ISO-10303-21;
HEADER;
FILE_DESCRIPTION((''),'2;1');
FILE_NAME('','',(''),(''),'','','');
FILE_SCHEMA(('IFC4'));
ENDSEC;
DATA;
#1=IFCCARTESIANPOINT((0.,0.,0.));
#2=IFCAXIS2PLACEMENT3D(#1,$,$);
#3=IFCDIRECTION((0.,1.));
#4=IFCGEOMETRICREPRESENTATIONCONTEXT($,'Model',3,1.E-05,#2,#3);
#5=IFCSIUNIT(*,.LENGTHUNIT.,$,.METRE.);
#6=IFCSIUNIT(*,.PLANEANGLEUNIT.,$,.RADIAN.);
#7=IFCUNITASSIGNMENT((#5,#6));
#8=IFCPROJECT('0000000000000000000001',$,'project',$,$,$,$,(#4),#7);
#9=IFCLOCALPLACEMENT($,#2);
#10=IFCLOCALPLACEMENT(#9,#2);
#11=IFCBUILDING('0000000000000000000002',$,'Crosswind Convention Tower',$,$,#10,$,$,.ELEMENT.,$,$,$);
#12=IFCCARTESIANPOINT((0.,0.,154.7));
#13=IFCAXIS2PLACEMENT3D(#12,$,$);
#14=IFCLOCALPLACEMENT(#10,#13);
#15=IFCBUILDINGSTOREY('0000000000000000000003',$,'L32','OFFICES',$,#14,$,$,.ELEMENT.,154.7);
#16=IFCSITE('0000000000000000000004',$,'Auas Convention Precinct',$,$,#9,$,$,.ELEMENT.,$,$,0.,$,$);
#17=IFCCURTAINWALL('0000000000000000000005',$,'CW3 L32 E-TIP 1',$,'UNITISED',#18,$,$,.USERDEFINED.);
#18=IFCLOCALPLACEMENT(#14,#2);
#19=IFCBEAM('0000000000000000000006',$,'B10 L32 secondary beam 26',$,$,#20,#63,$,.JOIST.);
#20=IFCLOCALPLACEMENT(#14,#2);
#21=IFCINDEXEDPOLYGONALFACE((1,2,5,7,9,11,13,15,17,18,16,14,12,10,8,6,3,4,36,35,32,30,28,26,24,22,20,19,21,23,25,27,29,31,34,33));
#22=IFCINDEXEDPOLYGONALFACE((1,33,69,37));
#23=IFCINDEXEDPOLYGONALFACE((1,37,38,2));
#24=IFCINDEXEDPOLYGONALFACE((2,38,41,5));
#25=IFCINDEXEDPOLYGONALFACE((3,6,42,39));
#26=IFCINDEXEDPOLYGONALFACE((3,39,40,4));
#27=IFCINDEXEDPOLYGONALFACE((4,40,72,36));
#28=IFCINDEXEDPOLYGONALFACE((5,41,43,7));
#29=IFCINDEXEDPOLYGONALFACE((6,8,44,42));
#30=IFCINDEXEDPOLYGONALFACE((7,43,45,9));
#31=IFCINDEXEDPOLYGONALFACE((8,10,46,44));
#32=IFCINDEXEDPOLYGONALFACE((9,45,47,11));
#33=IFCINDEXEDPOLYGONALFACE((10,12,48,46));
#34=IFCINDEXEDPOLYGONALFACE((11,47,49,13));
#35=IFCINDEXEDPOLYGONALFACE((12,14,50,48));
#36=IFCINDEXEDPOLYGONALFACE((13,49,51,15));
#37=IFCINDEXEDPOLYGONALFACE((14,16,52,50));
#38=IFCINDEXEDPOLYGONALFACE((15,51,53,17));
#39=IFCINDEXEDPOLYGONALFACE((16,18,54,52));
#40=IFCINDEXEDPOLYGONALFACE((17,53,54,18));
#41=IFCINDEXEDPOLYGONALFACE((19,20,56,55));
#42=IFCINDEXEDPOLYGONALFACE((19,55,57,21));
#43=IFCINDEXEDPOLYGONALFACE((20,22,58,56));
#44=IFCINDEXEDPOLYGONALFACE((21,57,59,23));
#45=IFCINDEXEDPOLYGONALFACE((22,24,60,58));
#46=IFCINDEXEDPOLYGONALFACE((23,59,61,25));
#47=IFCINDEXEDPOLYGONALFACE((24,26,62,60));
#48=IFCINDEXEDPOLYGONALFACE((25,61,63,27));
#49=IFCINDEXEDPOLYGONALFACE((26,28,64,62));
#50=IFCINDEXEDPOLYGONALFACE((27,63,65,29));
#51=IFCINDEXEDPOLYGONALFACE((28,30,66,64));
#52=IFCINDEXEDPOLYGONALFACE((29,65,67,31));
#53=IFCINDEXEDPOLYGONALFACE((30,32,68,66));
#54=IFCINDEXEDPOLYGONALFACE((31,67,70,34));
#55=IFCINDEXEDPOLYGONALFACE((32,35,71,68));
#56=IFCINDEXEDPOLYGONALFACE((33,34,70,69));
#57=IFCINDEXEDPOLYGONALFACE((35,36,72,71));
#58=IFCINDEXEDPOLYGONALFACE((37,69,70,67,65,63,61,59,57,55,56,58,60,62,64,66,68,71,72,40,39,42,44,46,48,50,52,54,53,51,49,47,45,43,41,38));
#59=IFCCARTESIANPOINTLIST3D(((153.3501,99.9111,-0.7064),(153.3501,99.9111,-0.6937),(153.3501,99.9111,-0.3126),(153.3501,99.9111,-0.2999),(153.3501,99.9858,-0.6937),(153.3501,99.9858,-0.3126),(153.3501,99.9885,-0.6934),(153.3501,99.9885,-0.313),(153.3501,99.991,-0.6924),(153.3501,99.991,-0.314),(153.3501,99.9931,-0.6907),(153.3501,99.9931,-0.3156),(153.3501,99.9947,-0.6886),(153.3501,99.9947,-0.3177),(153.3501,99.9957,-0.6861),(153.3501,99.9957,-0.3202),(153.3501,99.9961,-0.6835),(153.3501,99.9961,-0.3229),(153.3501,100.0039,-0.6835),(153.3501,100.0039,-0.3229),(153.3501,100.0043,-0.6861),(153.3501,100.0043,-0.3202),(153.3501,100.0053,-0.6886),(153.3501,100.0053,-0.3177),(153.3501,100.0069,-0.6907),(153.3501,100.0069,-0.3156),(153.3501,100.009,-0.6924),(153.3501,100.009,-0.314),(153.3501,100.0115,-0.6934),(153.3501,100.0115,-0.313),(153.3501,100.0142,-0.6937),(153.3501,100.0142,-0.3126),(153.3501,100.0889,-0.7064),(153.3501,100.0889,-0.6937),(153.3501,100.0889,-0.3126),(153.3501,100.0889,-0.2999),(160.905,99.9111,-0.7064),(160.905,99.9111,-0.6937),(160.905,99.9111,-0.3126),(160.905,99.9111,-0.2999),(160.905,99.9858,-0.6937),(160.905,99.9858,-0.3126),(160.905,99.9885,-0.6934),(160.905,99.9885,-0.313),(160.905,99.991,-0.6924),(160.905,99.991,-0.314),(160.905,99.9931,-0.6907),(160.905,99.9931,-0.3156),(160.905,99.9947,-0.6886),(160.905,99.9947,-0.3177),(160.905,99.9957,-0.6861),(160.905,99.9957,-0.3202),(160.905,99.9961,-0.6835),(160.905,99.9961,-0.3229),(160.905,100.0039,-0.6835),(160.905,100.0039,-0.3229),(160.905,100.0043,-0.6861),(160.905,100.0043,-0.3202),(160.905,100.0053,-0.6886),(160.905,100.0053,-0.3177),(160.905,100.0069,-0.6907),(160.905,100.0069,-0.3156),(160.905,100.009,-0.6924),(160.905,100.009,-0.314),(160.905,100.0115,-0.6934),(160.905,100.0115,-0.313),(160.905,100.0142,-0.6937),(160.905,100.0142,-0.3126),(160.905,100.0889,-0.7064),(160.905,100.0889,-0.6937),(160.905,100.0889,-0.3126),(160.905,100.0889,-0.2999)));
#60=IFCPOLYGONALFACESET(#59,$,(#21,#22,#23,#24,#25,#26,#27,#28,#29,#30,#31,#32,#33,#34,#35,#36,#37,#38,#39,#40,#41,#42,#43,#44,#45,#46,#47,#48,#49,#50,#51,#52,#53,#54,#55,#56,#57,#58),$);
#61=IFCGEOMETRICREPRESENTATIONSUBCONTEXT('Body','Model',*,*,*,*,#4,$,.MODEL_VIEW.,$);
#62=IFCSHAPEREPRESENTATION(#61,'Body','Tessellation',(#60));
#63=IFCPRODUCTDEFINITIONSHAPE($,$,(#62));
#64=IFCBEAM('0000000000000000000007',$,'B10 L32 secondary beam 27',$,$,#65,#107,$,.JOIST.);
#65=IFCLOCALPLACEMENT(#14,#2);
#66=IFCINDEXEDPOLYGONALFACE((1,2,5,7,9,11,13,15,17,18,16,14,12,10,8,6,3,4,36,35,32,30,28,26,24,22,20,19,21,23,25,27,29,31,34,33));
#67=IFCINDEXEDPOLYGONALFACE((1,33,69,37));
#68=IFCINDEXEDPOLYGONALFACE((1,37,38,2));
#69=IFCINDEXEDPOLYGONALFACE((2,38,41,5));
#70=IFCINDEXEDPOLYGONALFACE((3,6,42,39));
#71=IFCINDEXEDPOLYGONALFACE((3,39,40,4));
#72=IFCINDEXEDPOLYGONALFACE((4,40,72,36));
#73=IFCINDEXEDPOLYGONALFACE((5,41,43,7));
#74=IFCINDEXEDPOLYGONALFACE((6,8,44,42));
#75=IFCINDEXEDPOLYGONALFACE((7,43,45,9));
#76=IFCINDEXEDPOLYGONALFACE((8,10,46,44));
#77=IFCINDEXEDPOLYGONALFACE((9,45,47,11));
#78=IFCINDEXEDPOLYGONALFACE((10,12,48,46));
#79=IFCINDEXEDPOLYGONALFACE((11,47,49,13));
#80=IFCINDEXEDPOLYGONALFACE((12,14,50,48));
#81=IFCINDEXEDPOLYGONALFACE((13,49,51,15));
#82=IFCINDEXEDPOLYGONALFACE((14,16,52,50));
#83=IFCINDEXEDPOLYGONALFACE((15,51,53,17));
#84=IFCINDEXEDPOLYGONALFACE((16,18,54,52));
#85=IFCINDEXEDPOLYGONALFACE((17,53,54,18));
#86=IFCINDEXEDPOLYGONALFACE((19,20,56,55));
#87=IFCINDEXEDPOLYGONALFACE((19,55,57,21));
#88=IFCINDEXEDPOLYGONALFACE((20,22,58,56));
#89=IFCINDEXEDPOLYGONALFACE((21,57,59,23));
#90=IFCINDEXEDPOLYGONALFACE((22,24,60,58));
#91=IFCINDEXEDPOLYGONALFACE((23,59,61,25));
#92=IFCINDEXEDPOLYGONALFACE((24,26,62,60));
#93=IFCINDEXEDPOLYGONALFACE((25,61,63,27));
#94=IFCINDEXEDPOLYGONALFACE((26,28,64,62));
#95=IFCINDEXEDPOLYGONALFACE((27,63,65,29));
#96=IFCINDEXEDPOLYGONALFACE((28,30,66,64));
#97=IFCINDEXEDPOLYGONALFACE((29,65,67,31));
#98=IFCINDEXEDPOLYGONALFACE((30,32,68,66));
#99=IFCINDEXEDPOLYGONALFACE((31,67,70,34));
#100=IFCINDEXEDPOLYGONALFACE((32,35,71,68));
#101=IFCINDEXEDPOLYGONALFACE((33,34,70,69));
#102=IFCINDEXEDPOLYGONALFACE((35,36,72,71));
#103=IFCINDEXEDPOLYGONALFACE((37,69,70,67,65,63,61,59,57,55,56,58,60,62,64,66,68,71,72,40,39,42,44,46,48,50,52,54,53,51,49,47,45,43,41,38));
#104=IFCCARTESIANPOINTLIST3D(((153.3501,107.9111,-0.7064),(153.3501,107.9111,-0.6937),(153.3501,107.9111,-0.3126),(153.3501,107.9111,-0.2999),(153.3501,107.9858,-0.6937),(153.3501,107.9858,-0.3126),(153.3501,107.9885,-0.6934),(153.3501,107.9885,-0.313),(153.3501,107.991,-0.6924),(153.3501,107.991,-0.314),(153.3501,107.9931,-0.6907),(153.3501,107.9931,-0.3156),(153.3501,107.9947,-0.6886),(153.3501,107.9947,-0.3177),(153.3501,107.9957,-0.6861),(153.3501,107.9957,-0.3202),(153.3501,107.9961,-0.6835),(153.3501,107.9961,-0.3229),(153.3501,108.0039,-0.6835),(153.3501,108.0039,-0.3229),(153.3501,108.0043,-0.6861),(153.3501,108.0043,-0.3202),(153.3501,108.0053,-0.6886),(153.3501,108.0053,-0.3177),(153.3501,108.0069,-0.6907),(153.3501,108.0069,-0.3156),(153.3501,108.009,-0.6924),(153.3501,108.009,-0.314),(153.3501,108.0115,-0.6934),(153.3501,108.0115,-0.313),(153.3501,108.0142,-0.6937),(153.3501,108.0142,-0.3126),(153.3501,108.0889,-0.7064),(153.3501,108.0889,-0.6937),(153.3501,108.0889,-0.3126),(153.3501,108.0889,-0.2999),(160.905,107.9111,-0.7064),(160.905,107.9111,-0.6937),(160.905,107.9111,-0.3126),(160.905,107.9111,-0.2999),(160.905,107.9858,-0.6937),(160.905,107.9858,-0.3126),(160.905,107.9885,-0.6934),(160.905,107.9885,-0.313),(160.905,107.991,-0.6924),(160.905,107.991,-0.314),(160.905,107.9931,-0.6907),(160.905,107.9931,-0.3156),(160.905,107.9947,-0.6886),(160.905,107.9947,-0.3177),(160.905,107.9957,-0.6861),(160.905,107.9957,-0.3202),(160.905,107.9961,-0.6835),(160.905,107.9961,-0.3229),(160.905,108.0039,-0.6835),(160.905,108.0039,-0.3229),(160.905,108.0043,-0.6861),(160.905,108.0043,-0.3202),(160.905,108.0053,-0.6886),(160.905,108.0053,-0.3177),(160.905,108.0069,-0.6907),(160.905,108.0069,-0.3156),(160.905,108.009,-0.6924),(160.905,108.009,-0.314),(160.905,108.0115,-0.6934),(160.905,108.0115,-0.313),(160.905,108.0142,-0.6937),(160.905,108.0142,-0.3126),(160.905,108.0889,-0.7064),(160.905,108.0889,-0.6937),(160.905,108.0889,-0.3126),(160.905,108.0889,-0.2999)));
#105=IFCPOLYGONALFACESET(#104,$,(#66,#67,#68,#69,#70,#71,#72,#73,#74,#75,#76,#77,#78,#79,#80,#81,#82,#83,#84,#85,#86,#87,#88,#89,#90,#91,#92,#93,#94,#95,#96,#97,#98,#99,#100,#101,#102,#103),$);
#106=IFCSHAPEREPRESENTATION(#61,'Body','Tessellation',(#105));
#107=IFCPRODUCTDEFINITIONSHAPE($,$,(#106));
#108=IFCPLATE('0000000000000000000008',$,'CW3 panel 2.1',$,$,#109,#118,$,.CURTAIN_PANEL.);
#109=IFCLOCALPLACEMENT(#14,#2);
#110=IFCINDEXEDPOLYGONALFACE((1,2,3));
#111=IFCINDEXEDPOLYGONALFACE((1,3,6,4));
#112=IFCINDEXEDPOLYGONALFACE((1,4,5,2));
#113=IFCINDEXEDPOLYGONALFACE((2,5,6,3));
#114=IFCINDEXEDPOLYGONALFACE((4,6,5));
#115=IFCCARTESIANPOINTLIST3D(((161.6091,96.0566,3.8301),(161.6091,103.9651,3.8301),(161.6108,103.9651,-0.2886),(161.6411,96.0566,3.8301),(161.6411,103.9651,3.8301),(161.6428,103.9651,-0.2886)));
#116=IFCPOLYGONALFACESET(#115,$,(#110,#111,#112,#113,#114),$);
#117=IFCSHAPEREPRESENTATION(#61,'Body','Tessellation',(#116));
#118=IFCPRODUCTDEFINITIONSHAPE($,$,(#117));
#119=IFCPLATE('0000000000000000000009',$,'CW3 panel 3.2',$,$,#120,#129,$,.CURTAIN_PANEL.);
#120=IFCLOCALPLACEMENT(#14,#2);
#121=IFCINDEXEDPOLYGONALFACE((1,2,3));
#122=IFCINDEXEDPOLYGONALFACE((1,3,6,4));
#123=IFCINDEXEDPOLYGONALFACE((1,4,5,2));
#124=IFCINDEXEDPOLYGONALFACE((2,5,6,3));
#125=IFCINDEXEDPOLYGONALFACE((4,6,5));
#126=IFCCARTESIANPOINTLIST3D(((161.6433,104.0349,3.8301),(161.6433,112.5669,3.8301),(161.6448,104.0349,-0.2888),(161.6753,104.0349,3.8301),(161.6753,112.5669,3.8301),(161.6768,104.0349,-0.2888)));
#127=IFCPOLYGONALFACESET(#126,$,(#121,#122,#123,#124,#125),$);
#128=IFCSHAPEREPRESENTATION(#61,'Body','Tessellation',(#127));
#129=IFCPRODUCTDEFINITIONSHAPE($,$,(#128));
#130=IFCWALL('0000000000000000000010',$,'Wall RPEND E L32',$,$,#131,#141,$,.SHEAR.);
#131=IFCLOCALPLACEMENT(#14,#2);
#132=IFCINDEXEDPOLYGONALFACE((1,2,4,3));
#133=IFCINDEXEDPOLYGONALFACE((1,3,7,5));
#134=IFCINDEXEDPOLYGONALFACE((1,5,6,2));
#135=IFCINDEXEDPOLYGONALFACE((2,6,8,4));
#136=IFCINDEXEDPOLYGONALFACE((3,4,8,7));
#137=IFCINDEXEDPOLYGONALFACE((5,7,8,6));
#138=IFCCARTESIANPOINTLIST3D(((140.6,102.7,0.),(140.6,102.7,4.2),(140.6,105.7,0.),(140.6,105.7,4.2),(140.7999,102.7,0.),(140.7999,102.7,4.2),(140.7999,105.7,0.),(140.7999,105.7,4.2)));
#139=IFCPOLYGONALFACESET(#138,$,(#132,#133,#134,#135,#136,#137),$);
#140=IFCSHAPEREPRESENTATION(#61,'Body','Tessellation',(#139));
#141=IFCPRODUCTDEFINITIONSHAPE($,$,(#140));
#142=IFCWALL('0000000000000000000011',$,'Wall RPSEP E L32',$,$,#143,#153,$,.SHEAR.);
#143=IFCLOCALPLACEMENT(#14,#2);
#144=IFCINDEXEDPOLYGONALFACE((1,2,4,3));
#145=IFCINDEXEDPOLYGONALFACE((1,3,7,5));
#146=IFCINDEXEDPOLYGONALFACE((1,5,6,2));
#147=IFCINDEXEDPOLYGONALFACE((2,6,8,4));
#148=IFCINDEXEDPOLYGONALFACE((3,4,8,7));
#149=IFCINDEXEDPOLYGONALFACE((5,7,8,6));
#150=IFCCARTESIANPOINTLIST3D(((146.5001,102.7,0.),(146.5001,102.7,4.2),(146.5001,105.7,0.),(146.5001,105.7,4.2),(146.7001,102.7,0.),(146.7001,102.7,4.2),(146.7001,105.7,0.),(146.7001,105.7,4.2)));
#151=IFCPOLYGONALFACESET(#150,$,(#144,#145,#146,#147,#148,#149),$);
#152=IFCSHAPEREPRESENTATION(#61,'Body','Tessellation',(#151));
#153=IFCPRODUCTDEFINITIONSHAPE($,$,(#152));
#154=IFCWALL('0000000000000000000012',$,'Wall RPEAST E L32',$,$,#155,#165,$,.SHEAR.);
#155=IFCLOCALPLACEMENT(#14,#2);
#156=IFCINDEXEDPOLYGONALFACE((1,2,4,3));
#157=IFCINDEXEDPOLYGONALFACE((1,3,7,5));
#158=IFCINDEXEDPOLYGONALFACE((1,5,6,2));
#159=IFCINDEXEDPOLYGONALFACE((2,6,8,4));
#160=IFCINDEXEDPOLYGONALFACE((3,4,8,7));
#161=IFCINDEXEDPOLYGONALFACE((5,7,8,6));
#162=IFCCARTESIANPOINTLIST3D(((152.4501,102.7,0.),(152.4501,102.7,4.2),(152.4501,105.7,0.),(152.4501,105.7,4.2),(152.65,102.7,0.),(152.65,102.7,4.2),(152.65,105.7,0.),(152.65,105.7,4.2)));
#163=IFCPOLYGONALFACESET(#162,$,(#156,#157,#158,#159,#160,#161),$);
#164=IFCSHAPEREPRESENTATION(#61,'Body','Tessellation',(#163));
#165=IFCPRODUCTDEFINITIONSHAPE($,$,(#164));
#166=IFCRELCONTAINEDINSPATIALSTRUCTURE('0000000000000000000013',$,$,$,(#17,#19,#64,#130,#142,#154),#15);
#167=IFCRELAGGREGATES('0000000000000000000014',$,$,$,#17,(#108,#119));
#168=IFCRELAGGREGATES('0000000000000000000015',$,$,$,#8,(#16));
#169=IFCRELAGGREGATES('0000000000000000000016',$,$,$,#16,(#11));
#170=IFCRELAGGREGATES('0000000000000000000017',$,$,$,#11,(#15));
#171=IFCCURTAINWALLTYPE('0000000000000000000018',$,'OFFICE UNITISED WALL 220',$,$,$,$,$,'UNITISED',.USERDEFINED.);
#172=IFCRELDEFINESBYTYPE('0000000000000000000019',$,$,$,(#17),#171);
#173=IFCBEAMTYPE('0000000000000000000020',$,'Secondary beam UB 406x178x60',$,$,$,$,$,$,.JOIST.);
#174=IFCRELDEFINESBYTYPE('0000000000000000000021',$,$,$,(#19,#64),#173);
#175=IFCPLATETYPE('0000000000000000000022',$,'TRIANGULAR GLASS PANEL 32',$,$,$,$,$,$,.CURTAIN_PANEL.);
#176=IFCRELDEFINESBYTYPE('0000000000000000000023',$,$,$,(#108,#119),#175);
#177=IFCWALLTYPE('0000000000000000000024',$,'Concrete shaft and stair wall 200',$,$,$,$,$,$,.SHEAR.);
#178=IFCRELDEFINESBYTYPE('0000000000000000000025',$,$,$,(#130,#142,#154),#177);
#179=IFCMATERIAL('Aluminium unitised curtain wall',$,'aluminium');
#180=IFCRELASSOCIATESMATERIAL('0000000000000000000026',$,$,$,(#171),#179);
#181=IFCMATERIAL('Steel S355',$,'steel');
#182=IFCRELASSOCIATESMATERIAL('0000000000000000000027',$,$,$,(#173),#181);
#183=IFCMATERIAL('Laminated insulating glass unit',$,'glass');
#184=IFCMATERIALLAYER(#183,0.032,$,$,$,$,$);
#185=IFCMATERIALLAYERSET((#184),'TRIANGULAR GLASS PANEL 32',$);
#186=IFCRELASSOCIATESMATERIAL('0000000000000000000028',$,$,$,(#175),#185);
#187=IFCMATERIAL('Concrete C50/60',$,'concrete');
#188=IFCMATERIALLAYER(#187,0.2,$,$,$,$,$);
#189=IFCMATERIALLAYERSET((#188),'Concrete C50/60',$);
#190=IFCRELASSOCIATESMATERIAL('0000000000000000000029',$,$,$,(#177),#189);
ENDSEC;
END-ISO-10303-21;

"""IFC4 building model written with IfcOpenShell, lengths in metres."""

from ifc_helpers import new_model, si_unit, direction, frame, frame_2d, origin, origin_2d, place, context, subcontext, project, spatial, polyline, rectangle, i_section, outline, extrude, material, layer, layer_set, material_profile, profile_set, type_object, element, aggregate, save


model = new_model("IFC4")

# Units and contexts
model_context = context("Model", 3, precision=1e-05, world=origin(), true_north=direction((0.0, 1.0)))
body_context = subcontext(model_context, "Body", "Model", "MODEL_VIEW")
ifc_project = project(units=[si_unit("LENGTHUNIT", "METRE"), si_unit("PLANEANGLEUNIT", "RADIAN")], contexts=[model_context])

# Site, building, storey
site_placement = place(None, origin())
site = spatial("IfcSite", under=ifc_project, at=site_placement, Name="Auas Convention Precinct", CompositionType="ELEMENT", RefElevation=0.0)
building_placement = place(site_placement, origin())
building = spatial("IfcBuilding", under=site, at=building_placement, Name="Crosswind Convention Tower", CompositionType="ELEMENT")
storey_placement = place(building_placement, frame((0.0, 0.0, 154.7)))
storey = spatial("IfcBuildingStorey", under=building, at=storey_placement, Name="L32", Description="OFFICES", CompositionType="ELEMENT", Elevation=154.7)

# Shared definitions
ifc_material_1 = material(Name="Steel S355", Category="steel")

# Curtain wall
ifc_material_2 = material(Name="Aluminium unitised curtain wall", Category="aluminium")
curtain_wall_type = type_object("IfcCurtainWallType", Name="OFFICE UNITISED WALL 220", ElementType="UNITISED", PredefinedType="USERDEFINED", material=ifc_material_2)
curtain_wall_placement = place(storey_placement, origin())
curtain_wall = element("IfcCurtainWall", 1, at=curtain_wall_placement, inside=storey, type_object=curtain_wall_type, Name="CW3 L32 E-TIP 1", ObjectType="UNITISED", PredefinedType="USERDEFINED")

# Beams
ifc_material_profile_1 = material_profile(ifc_material_1, i_section(OverallWidth=0.1777, OverallDepth=0.4065, WebThickness=0.0078, FlangeThickness=0.0127, FilletRadius=0.0103, at=origin_2d()), Name="UB 406x178x60")
ifc_profile_set_1 = profile_set([ifc_material_profile_1], Name="Steel S355")
beam_type_1 = type_object("IfcBeamType", Name="Secondary beam UB 406x178x60", PredefinedType="JOIST", material=ifc_profile_set_1)
for number, where, z_axis, x_axis, name in (
    (2, (153.3501, 100.0, -0.5032), (1.0, 0.0, 0.0), (0.0, 1.0, 0.0), "B10 L32 secondary beam 26"),
    (3, (153.3501, 108.0, -0.5032), (1.0, 0.0, 0.0), (0.0, 1.0, 0.0), "B10 L32 secondary beam 27"),
):
    element("IfcBeam", number, at=place(storey_placement, frame(where, z_axis=z_axis, x_axis=x_axis)), inside=storey, type_object=beam_type_1, Name=name, PredefinedType="JOIST", context=body_context, shape_type="SweptSolid", body=[
        extrude(i_section(OverallWidth=0.1777, OverallDepth=0.4065, WebThickness=0.0078, FlangeThickness=0.0127, FilletRadius=0.0103, at=origin_2d()), origin(), (0.0, 0.0, 1.0), 7.5549),
    ])

# Plates
ifc_material_3 = material(Name="Laminated insulating glass unit", Category="glass")
ifc_layer_1 = layer(ifc_material_3, 0.032)
ifc_layer_set_1 = layer_set([ifc_layer_1], Name="TRIANGULAR GLASS PANEL 32")
plate_type = type_object("IfcPlateType", Name="TRIANGULAR GLASS PANEL 32", PredefinedType="CURTAIN_PANEL", material=ifc_layer_set_1)
plate_1_placement = place(storey_placement, frame((161.6411, 103.9651, 3.8301), z_axis=(1.0, 0.0, 0.000415), x_axis=(0.0, -1.0, 0.0)))
plate_1 = element("IfcPlate", 4, at=plate_1_placement, type_object=plate_type, Name="CW3 panel 2.1", PredefinedType="CURTAIN_PANEL", context=body_context, shape_type="SweptSolid", body=[
    extrude(outline(polyline([(0.0, 0.0), (7.9084, 0.0), (0.0, 4.1187), (0.0, 0.0)])), origin(), (0.0, 0.0, -1.0), 0.032),
])
plate_2_placement = place(storey_placement, frame((161.6753, 104.0349, 3.8301), z_axis=(1.0, 0.0, 0.000356), x_axis=(0.000356, 0.0, -1.0)))
plate_2 = element("IfcPlate", 5, at=plate_2_placement, type_object=plate_type, Name="CW3 panel 3.2", PredefinedType="CURTAIN_PANEL", context=body_context, shape_type="SweptSolid", body=[
    extrude(outline(polyline([(0.0, 0.0), (4.1189, 0.0), (0.0, 8.532), (0.0, 0.0)])), origin(), (0.0, 0.0, -1.0), 0.032),
])
aggregate(curtain_wall, [plate_1, plate_2])

# Walls
ifc_material_4 = material(Name="Concrete C50/60", Category="concrete")
ifc_layer_2 = layer(ifc_material_4, 0.2)
ifc_layer_set_2 = layer_set([ifc_layer_2], Name="Concrete C50/60")
wall_type_1 = type_object("IfcWallType", Name="Concrete shaft and stair wall 200", PredefinedType="SHEAR", material=ifc_layer_set_2)
for number, where, z_axis, x_axis, name in (
    (6, (140.7, 102.7, 0.0), (0.0, 0.0, 1.0), (0.0, 1.0, 0.0), "Wall RPEND E L32"),
    (7, (146.6001, 102.7, 0.0), (0.0, 0.0, 1.0), (0.0, 1.0, 0.0), "Wall RPSEP E L32"),
    (8, (152.55, 102.7, 0.0), (0.0, 0.0, 1.0), (0.0, 1.0, 0.0), "Wall RPEAST E L32"),
):
    element("IfcWall", number, at=place(storey_placement, frame(where, z_axis=z_axis, x_axis=x_axis)), inside=storey, type_object=wall_type_1, Name=name, PredefinedType="SHEAR", context=body_context, shape_type="SweptSolid", body=[
        extrude(rectangle(XDim=3.0, YDim=0.2, at=frame_2d((1.5, 0.0))), origin(), (0.0, 0.0, 1.0), 4.2),
    ])

save(model, "model.ifc")
